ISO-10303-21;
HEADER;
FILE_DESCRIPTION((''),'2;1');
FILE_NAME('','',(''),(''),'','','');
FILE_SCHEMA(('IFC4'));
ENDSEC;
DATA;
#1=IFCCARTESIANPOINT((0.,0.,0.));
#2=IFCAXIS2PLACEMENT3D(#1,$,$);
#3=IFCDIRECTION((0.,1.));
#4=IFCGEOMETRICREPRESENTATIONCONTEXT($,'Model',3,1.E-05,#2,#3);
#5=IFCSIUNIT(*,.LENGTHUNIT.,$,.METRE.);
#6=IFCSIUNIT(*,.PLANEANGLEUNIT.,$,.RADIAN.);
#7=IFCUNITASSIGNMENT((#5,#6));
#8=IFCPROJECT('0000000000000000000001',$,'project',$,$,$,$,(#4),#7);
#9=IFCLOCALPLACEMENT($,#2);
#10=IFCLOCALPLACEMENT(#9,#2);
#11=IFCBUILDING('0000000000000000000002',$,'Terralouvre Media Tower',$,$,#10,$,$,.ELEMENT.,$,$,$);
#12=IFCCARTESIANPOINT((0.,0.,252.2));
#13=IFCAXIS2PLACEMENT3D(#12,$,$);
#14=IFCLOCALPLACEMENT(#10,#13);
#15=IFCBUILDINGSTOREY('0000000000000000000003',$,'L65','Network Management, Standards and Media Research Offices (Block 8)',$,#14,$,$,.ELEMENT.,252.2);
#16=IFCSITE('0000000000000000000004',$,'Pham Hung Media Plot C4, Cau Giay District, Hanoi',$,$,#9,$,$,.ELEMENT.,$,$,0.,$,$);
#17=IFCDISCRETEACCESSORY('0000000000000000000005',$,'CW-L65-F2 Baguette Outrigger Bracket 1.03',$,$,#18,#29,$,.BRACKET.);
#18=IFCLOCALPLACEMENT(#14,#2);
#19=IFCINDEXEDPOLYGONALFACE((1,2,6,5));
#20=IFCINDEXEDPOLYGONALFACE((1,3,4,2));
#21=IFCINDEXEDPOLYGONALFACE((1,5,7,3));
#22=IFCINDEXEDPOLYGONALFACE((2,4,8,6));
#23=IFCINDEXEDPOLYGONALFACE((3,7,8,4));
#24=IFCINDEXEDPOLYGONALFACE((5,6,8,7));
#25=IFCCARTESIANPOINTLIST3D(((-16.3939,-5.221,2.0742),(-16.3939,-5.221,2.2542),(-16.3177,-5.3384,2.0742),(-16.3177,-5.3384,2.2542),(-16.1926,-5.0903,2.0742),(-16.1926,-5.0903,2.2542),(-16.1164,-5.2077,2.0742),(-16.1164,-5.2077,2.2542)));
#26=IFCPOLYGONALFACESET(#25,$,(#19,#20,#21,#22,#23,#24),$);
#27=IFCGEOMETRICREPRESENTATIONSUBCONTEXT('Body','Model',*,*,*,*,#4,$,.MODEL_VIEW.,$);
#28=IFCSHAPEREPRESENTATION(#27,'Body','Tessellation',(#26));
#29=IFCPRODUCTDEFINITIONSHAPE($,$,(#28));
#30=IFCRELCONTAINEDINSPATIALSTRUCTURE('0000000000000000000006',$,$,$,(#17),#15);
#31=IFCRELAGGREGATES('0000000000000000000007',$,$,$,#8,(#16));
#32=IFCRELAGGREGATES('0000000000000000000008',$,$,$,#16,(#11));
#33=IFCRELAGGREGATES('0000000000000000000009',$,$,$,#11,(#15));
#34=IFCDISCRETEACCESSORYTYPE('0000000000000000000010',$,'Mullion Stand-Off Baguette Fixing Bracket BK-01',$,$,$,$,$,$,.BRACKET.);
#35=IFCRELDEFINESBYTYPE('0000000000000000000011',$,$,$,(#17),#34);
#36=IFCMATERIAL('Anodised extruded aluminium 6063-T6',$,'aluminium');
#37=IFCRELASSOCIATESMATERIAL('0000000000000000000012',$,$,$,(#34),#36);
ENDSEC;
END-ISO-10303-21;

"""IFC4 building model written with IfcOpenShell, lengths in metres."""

from ifc_helpers import new_model, si_unit, direction, frame, origin, origin_2d, place, context, subcontext, project, spatial, rectangle, extrude, material, type_object, element, save


model = new_model("IFC4")

# Units and contexts
model_context = context("Model", 3, precision=1e-05, world=origin(), true_north=direction((0.0, 1.0)))
body_context = subcontext(model_context, "Body", "Model", "MODEL_VIEW")
ifc_project = project(units=[si_unit("LENGTHUNIT", "METRE"), si_unit("PLANEANGLEUNIT", "RADIAN")], contexts=[model_context])

# Site, building, storey
site_placement = place(None, origin())
site = spatial("IfcSite", under=ifc_project, at=site_placement, Name="Pham Hung Media Plot C4, Cau Giay District, Hanoi", CompositionType="ELEMENT", RefElevation=0.0)
building_placement = place(site_placement, origin())
building = spatial("IfcBuilding", under=site, at=building_placement, Name="Terralouvre Media Tower", CompositionType="ELEMENT")
storey_placement = place(building_placement, frame((0.0, 0.0, 252.2)))
storey = spatial("IfcBuildingStorey", under=building, at=storey_placement, Name="L65", Description="Network Management, Standards and Media Research Offices (Block 8)", CompositionType="ELEMENT", Elevation=252.2)

# Discrete accessory
ifc_material_1 = material(Name="Anodised extruded aluminium 6063-T6", Category="aluminium")
discrete_accessory_type = type_object("IfcDiscreteAccessoryType", Name="Mullion Stand-Off Baguette Fixing Bracket BK-01", PredefinedType="BRACKET", material=ifc_material_1)
discrete_accessory_placement = place(storey_placement, frame((-16.2551, -5.2144, 2.0742), z_axis=(0.0, 0.0, 1.0), x_axis=(0.544639, -0.838671, 0.0)))
element("IfcDiscreteAccessory", 1, at=discrete_accessory_placement, inside=storey, type_object=discrete_accessory_type, Name="CW-L65-F2 Baguette Outrigger Bracket 1.03", PredefinedType="BRACKET", context=body_context, shape_type="SweptSolid", body=[
    extrude(rectangle(XDim=0.1399, YDim=0.24, at=origin_2d()), origin(), (0.0, 0.0, 1.0), 0.1799),
])

save(model, "model.ifc")
